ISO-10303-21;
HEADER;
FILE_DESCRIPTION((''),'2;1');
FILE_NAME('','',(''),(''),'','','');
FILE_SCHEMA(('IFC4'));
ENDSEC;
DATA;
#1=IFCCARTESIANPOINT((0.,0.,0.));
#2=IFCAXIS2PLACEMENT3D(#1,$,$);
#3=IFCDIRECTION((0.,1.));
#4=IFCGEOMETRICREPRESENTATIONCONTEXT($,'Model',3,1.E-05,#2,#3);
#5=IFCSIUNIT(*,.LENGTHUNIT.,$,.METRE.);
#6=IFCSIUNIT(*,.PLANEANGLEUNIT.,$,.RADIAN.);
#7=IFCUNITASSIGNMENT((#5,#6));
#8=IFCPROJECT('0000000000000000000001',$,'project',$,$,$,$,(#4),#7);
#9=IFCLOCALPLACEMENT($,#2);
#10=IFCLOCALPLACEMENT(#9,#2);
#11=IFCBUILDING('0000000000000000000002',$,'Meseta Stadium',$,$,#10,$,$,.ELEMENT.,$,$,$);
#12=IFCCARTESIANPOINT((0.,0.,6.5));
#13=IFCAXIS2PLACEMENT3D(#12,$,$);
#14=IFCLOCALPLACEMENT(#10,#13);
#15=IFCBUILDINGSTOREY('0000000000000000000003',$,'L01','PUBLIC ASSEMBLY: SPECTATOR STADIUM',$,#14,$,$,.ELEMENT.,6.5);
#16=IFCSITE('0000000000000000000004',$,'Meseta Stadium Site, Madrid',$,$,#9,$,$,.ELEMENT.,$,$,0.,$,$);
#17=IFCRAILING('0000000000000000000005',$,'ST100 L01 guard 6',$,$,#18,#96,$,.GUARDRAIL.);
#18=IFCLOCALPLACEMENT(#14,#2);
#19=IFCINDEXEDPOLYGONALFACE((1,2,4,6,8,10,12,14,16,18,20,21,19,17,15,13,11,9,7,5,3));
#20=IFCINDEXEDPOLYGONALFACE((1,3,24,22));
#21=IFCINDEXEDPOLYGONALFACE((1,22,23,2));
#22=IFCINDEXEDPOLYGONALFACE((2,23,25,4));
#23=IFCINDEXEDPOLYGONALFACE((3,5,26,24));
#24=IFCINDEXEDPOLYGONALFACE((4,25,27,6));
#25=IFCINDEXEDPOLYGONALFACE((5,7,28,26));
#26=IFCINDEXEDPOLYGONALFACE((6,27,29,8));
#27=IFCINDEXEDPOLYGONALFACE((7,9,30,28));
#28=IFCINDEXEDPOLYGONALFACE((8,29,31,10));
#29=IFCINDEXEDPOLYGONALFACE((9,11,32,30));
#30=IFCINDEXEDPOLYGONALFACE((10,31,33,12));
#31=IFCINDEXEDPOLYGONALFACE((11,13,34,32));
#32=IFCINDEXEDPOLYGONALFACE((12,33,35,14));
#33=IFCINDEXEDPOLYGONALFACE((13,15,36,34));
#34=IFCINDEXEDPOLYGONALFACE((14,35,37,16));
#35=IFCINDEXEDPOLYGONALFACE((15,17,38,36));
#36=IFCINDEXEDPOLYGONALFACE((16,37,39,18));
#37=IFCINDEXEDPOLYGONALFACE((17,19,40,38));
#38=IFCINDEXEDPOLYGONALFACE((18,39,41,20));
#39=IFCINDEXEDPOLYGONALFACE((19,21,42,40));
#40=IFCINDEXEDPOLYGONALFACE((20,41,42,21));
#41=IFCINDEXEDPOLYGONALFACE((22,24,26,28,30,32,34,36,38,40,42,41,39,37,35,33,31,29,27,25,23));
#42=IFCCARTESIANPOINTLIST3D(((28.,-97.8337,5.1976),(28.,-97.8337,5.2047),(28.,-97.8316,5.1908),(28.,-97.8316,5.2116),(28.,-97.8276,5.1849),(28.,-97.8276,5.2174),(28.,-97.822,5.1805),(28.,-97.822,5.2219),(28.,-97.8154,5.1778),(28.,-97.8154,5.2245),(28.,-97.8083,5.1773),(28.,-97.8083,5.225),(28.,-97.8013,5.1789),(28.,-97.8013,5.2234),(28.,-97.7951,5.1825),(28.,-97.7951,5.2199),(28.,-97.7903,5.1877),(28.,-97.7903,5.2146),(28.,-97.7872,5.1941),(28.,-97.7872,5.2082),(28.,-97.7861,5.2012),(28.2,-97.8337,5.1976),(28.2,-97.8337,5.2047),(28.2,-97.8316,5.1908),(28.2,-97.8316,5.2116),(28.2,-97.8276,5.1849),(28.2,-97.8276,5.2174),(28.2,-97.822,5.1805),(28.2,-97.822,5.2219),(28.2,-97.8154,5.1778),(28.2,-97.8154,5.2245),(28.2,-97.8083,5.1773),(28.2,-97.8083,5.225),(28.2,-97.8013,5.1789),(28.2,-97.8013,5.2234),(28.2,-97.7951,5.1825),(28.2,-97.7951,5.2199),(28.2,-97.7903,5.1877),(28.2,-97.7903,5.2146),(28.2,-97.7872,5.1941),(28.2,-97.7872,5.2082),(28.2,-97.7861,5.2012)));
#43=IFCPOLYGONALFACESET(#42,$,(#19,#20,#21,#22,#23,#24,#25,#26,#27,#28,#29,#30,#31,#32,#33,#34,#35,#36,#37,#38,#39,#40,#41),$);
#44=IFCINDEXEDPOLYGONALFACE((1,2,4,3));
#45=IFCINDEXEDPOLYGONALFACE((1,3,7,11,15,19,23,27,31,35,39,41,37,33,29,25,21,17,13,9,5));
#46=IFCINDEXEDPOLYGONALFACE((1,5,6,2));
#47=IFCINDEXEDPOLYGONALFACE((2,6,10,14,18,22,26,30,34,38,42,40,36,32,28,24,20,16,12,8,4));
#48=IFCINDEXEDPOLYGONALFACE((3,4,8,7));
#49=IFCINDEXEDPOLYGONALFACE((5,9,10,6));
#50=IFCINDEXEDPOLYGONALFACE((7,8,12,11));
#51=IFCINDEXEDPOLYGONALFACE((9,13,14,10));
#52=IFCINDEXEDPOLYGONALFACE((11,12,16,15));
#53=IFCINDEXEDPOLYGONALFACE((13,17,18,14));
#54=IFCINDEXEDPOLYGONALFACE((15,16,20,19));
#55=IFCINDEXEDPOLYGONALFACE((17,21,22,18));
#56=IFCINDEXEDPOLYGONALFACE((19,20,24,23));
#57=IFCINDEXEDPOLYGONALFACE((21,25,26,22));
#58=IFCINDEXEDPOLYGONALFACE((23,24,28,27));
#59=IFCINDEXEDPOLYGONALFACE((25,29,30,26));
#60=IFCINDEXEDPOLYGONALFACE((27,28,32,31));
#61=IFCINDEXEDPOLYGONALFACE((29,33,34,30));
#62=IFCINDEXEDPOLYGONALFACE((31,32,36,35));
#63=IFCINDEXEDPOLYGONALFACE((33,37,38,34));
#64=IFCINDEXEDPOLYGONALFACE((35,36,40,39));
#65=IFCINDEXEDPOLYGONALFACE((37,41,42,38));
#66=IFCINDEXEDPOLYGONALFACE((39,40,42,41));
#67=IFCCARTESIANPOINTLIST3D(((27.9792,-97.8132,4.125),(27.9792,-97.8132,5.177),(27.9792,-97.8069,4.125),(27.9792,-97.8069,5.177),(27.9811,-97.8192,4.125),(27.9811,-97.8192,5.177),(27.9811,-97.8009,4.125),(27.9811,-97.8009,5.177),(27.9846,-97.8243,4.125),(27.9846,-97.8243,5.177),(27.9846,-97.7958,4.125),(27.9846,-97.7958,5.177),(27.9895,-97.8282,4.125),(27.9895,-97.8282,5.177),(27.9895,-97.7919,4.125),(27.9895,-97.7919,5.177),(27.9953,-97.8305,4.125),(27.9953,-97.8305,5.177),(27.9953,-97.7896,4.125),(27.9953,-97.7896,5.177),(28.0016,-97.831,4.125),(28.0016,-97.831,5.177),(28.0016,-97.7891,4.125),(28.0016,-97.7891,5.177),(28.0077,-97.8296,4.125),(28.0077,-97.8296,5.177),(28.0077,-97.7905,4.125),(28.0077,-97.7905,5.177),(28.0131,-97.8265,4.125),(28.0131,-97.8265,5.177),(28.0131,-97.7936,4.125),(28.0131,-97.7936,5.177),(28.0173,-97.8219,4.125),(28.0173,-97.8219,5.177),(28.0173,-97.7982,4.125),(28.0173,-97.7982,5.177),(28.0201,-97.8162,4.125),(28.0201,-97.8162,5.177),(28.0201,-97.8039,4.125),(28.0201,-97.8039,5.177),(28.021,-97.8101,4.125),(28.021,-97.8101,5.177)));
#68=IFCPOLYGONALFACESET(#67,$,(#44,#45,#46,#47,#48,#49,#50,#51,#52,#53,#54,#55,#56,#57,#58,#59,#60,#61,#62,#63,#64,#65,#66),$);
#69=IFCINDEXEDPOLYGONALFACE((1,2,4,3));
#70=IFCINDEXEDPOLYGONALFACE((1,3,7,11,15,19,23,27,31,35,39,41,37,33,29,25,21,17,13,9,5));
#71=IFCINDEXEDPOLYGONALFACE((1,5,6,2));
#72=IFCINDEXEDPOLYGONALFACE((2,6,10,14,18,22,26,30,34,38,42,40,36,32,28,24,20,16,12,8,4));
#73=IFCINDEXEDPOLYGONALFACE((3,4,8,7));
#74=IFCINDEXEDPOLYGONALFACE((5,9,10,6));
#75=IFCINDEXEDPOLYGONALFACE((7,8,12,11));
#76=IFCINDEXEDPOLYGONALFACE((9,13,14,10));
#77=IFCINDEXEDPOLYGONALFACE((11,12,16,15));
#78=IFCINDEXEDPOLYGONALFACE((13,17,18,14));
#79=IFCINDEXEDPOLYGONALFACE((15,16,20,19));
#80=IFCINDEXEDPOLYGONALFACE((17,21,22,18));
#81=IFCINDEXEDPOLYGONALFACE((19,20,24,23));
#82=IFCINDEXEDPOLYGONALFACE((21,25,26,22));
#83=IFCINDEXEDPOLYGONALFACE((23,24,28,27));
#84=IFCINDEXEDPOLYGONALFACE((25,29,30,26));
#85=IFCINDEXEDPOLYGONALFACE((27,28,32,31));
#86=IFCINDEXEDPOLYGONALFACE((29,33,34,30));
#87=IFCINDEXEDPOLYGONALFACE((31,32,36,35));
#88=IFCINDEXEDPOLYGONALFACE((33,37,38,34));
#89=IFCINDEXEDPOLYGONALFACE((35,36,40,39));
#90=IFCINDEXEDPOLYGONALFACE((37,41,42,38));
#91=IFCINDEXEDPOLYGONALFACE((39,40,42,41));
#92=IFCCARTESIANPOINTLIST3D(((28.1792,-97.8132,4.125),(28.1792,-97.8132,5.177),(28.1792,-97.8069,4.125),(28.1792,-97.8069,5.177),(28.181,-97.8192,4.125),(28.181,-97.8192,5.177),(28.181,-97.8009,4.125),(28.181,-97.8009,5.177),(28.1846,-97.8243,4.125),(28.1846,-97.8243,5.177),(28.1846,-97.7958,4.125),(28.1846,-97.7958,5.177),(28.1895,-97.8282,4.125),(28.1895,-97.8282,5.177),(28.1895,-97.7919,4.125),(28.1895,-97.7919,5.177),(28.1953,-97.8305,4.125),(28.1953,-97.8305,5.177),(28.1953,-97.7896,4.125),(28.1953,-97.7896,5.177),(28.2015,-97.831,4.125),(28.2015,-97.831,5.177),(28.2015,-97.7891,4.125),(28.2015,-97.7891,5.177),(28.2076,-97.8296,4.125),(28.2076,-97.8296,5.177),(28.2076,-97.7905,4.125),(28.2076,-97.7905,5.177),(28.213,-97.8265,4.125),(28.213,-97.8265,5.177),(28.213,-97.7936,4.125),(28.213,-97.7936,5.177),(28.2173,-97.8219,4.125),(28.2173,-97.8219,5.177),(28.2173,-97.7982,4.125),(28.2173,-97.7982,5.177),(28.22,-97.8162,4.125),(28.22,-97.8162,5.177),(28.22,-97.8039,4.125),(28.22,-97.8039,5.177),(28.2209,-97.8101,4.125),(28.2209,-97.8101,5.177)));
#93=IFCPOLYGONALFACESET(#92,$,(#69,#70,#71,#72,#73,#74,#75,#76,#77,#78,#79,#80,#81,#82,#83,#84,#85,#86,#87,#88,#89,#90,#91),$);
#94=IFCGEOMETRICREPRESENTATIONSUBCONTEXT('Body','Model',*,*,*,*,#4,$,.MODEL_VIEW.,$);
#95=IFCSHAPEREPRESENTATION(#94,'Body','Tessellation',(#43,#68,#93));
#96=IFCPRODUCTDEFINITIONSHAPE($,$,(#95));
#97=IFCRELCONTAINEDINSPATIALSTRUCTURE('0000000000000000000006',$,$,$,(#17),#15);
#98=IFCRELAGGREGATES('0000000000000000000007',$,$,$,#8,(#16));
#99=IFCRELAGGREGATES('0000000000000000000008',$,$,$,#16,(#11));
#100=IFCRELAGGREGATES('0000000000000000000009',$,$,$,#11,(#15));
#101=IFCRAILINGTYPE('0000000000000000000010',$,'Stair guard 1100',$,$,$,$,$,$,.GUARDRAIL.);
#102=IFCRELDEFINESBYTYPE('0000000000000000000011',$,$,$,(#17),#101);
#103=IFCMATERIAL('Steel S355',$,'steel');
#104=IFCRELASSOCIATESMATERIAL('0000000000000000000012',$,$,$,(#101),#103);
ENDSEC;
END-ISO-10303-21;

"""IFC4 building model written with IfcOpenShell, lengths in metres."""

from ifc_helpers import new_model, si_unit, direction, frame, origin, origin_2d, place, context, subcontext, project, spatial, circle, extrude, material, type_object, element, save


model = new_model("IFC4")

# Units and contexts
model_context = context("Model", 3, precision=1e-05, world=origin(), true_north=direction((0.0, 1.0)))
body_context = subcontext(model_context, "Body", "Model", "MODEL_VIEW")
ifc_project = project(units=[si_unit("LENGTHUNIT", "METRE"), si_unit("PLANEANGLEUNIT", "RADIAN")], contexts=[model_context])

# Site, building, storey
site_placement = place(None, origin())
site = spatial("IfcSite", under=ifc_project, at=site_placement, Name="Meseta Stadium Site, Madrid", CompositionType="ELEMENT", RefElevation=0.0)
building_placement = place(site_placement, origin())
building = spatial("IfcBuilding", under=site, at=building_placement, Name="Meseta Stadium", CompositionType="ELEMENT")
storey_placement = place(building_placement, frame((0.0, 0.0, 6.5)))
storey = spatial("IfcBuildingStorey", under=building, at=storey_placement, Name="L01", Description="PUBLIC ASSEMBLY: SPECTATOR STADIUM", CompositionType="ELEMENT", Elevation=6.5)

# Railing
ifc_material_1 = material(Name="Steel S355", Category="steel")
railing_type = type_object("IfcRailingType", Name="Stair guard 1100", PredefinedType="GUARDRAIL", material=ifc_material_1)
railing_1_placement = place(storey_placement, frame((28.0, -97.8101, 4.125)))
element("IfcRailing", 1, at=railing_1_placement, inside=storey, type_object=railing_type, Name="ST100 L01 guard 6", PredefinedType="GUARDRAIL", context=body_context, shape_type="SweptSolid", body=[
    extrude(circle(Radius=0.0239, at=origin_2d()), frame((0.0, 0.0, 1.0762), z_axis=(1.0, 0.0, 0.0), x_axis=(0.0, 1.0, 0.0)), (0.0, 0.0, 1.0), 0.2),
    extrude(circle(Radius=0.021, at=origin_2d()), origin(), (0.0, 0.0, 1.0), 1.052),
    extrude(circle(Radius=0.021, at=origin_2d()), frame((0.2, 0.0, 0.0)), (0.0, 0.0, 1.0), 1.052),
])

save(model, "model.ifc")
